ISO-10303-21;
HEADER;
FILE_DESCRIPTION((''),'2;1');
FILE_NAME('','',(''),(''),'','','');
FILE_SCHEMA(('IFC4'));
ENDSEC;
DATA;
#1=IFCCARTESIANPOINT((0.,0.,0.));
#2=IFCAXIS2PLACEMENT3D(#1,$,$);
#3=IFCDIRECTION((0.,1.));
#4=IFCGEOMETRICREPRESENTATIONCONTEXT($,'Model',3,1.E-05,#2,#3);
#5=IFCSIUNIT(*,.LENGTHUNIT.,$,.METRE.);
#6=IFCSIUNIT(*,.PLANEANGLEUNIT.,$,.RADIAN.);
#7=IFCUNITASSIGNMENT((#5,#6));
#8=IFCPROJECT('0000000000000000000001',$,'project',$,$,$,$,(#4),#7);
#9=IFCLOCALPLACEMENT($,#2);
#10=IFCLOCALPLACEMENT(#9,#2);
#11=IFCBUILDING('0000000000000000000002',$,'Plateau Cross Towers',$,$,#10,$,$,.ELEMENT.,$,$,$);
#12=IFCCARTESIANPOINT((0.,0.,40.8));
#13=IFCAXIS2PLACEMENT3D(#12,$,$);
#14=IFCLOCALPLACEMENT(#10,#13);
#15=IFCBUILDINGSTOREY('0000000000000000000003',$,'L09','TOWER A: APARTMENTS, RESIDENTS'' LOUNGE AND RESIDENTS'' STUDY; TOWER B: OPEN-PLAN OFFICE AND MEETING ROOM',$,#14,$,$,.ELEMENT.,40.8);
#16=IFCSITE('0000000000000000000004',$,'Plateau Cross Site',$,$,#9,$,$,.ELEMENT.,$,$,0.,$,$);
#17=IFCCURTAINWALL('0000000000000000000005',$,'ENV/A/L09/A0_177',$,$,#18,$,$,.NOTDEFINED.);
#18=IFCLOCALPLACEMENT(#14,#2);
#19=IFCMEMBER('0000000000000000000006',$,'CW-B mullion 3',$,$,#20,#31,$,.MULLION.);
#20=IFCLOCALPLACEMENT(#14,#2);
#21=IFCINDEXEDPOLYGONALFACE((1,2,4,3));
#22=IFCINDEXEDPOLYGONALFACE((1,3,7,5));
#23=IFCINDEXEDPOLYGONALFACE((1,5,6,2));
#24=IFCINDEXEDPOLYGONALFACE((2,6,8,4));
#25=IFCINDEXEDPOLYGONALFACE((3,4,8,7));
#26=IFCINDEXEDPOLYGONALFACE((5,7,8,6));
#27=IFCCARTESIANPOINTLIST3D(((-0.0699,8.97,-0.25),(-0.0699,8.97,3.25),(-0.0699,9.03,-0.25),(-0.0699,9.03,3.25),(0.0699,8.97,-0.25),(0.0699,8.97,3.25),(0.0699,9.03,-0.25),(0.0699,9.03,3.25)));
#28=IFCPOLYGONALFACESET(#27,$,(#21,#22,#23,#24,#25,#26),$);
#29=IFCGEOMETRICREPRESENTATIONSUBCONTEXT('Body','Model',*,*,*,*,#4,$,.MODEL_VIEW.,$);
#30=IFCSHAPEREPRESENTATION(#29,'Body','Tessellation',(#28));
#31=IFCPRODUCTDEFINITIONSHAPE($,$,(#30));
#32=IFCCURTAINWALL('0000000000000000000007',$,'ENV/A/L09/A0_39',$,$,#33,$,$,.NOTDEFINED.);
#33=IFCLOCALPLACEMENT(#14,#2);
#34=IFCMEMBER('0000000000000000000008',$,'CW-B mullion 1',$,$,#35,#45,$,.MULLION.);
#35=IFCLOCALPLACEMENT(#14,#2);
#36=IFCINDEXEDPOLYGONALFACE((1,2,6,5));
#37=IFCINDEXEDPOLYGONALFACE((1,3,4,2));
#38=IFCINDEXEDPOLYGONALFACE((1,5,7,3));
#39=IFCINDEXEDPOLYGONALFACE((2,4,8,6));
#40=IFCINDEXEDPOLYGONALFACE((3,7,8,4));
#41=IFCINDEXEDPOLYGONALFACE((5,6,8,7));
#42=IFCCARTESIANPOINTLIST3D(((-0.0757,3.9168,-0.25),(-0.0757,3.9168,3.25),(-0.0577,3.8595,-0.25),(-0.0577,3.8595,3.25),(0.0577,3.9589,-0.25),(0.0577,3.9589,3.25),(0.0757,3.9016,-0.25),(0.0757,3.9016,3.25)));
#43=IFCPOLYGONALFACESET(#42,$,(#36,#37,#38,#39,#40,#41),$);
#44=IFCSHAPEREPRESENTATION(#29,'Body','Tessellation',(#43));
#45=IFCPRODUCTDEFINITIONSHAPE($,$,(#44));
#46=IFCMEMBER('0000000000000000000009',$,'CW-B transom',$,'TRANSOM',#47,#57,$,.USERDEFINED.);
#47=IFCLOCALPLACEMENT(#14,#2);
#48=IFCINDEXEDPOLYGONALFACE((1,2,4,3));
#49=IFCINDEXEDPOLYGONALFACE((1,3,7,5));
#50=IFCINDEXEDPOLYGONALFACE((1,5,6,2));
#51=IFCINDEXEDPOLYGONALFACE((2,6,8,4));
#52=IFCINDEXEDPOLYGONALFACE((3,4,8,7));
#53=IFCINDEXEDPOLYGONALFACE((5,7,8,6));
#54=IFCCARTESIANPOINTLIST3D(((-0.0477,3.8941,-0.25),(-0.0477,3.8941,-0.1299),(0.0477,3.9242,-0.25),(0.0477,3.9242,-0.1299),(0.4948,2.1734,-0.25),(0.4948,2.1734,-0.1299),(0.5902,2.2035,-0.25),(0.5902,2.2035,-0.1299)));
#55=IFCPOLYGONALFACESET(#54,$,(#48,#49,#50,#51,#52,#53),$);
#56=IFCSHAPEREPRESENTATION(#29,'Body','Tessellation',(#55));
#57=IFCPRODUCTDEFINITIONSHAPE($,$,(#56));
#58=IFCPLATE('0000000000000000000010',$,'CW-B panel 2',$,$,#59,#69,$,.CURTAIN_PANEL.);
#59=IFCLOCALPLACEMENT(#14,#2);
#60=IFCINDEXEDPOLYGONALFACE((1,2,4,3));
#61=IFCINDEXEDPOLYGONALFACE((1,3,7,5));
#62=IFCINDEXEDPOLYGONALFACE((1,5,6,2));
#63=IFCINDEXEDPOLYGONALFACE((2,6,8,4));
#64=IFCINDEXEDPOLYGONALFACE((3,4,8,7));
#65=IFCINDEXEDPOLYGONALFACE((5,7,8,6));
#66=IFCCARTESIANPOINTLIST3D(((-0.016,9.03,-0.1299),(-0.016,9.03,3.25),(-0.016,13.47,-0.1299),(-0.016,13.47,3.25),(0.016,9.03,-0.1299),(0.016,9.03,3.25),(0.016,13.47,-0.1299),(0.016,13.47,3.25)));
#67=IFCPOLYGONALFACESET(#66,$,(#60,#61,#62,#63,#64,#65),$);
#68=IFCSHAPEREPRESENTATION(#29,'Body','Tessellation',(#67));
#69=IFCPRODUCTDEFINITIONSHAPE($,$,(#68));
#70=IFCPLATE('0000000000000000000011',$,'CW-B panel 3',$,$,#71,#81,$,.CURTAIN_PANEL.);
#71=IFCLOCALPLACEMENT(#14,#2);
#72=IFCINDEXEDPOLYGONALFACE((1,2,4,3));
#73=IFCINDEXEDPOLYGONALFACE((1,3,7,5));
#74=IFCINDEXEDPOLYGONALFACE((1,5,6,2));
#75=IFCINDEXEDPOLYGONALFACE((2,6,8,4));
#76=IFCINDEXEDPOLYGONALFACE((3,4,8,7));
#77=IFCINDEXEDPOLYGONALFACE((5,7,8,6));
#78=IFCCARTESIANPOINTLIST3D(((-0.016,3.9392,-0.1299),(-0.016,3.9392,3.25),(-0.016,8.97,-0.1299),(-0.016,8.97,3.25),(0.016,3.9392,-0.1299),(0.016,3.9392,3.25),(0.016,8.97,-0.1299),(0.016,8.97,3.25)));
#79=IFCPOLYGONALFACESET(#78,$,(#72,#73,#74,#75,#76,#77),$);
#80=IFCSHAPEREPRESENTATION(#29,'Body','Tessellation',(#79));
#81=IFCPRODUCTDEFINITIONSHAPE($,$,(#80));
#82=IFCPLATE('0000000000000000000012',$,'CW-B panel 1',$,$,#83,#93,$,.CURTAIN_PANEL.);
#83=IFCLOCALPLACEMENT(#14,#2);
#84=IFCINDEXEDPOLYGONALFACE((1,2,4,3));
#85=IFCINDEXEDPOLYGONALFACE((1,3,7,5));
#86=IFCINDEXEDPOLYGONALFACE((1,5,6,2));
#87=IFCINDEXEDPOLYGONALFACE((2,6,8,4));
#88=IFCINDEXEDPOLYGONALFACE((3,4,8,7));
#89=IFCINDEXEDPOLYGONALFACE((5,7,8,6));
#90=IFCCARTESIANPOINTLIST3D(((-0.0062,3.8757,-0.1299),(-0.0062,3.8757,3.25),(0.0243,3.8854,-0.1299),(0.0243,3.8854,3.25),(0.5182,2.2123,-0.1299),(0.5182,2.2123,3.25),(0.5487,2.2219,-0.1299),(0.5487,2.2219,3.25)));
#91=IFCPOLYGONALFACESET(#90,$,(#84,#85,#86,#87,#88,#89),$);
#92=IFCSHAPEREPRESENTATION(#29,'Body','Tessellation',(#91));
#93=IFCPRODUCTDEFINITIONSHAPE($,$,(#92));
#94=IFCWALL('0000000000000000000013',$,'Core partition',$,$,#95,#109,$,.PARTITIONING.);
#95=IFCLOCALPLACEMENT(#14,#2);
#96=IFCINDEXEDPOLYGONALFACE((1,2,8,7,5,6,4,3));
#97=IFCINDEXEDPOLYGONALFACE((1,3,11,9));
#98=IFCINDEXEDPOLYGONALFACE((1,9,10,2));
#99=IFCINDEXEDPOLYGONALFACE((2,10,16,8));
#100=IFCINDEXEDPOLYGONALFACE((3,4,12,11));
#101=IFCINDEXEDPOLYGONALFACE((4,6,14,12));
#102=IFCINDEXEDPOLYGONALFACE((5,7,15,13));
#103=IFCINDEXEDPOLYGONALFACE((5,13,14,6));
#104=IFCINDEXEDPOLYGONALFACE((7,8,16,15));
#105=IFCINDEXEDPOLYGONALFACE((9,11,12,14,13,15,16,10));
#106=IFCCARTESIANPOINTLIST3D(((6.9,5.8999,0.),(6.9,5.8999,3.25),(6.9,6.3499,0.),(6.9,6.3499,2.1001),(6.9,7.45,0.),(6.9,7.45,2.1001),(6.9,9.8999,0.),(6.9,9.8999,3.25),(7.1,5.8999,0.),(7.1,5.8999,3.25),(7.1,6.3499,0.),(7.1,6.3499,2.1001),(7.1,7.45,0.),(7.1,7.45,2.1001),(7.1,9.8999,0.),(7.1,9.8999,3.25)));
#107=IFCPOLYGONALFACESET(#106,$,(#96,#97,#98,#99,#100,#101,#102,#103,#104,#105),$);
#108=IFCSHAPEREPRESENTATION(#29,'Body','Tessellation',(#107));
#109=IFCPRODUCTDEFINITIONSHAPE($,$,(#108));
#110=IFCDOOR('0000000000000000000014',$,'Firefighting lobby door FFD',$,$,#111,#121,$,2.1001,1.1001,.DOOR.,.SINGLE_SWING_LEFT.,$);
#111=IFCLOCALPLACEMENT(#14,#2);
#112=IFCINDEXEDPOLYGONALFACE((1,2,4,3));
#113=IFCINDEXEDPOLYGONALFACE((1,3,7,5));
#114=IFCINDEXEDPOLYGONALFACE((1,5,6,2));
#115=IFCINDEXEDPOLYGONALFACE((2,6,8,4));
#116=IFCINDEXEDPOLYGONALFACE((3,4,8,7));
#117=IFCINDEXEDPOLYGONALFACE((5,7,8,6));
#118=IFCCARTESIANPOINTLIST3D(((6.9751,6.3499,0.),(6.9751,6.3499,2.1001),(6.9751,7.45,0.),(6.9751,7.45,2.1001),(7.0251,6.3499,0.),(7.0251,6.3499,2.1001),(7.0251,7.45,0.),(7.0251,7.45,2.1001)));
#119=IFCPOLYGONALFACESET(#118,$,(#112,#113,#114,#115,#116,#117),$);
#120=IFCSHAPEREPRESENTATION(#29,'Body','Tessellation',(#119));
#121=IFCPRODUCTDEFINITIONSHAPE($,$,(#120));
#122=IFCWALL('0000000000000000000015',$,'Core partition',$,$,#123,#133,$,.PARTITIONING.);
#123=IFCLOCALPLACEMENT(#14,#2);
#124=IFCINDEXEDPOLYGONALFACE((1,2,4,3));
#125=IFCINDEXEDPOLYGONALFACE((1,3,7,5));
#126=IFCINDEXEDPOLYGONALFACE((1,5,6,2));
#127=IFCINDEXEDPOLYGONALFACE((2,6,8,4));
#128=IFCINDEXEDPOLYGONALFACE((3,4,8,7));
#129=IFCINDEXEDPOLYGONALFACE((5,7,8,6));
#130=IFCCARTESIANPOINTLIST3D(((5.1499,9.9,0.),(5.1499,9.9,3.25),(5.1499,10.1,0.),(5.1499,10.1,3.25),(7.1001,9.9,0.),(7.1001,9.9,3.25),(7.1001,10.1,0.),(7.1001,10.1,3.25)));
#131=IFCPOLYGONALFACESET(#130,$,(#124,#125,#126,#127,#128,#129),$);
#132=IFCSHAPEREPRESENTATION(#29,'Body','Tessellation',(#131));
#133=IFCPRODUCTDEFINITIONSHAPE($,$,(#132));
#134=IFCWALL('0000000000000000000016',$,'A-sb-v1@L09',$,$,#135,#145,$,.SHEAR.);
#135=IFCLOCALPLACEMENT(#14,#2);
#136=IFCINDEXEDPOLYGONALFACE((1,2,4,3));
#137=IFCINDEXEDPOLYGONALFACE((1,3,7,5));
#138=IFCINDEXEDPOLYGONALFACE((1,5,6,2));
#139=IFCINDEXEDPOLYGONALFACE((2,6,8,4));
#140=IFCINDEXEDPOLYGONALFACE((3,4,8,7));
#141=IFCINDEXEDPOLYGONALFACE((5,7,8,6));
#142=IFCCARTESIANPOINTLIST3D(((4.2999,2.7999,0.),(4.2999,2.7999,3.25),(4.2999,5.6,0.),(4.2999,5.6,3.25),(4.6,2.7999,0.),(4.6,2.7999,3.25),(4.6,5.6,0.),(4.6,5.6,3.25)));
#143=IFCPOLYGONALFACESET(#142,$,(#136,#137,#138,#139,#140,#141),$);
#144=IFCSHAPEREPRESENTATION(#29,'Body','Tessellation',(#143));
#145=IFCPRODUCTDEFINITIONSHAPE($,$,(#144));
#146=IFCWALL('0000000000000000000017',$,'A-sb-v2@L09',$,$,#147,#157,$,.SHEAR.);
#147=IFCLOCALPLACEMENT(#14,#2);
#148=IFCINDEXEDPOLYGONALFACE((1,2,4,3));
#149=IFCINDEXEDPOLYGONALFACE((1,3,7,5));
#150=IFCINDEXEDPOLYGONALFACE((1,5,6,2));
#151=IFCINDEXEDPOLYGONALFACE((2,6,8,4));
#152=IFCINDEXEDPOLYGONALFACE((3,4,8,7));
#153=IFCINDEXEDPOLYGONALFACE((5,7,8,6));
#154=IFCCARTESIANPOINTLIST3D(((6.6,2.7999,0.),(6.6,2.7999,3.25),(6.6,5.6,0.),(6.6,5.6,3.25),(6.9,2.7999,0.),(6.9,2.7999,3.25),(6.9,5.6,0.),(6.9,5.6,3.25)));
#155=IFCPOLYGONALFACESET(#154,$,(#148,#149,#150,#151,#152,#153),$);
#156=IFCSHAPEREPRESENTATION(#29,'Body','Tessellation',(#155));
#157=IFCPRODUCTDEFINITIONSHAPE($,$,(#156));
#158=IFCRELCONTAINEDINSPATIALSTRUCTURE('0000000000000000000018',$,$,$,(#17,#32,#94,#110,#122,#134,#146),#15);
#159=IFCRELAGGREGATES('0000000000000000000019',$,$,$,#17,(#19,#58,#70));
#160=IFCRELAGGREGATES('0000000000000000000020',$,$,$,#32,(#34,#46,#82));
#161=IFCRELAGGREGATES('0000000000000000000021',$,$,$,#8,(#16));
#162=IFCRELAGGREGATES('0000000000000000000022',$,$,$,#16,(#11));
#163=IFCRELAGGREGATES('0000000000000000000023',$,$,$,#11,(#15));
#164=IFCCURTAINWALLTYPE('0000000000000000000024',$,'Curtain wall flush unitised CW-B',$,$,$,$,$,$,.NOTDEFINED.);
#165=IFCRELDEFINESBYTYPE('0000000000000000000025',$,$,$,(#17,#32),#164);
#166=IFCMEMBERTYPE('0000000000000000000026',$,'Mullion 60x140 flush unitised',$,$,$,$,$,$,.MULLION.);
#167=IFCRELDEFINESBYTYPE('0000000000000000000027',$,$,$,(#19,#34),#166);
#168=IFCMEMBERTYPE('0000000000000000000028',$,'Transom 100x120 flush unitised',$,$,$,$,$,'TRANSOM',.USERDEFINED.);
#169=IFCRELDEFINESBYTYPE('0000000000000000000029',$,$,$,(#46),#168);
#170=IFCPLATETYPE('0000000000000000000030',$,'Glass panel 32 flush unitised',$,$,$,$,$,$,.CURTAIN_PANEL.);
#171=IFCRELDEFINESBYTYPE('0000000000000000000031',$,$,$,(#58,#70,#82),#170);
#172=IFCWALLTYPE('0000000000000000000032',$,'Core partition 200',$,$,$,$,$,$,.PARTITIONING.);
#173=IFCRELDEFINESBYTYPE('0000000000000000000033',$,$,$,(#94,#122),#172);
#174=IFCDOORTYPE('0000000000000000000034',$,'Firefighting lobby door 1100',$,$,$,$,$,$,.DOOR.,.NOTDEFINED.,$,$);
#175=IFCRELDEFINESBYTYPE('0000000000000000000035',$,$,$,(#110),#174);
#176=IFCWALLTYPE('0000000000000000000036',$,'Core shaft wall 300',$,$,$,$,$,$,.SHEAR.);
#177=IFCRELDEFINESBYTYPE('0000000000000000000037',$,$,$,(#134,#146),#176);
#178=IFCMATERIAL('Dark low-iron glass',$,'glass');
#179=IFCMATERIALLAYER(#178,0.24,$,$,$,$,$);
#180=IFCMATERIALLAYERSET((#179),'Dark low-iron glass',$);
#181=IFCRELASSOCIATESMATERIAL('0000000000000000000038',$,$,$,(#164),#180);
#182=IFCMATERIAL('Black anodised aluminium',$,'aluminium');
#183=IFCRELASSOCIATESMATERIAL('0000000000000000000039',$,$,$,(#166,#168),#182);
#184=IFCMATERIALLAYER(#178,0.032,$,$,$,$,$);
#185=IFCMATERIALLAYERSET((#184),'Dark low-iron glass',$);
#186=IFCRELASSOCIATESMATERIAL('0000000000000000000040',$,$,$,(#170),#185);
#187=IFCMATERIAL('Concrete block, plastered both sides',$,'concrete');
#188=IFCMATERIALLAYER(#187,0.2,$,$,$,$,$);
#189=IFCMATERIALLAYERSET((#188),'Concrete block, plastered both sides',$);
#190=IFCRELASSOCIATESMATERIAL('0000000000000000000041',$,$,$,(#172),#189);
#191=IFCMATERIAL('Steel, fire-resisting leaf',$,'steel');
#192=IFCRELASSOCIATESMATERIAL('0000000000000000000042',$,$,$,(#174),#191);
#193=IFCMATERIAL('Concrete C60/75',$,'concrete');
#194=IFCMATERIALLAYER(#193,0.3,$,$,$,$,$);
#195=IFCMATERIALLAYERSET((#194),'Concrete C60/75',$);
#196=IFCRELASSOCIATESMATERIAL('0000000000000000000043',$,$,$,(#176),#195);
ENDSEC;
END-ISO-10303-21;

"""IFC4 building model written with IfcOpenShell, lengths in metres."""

from ifc_helpers import new_model, si_unit, direction, frame, frame_2d, origin, origin_2d, place, context, subcontext, project, spatial, rectangle, extrude, material, layer, layer_set, material_profile, profile_set, type_object, element, fill, aggregate, save


model = new_model("IFC4")

# Units and contexts
model_context = context("Model", 3, precision=1e-05, world=origin(), true_north=direction((0.0, 1.0)))
body_context = subcontext(model_context, "Body", "Model", "MODEL_VIEW")
ifc_project = project(units=[si_unit("LENGTHUNIT", "METRE"), si_unit("PLANEANGLEUNIT", "RADIAN")], contexts=[model_context])

# Site, building, storey
site_placement = place(None, origin())
site = spatial("IfcSite", under=ifc_project, at=site_placement, Name="Plateau Cross Site", CompositionType="ELEMENT", RefElevation=0.0)
building_placement = place(site_placement, origin())
building = spatial("IfcBuilding", under=site, at=building_placement, Name="Plateau Cross Towers", CompositionType="ELEMENT")
storey_placement = place(building_placement, frame((0.0, 0.0, 40.8)))
storey = spatial("IfcBuildingStorey", under=building, at=storey_placement, Name="L09", Description="TOWER A: APARTMENTS, RESIDENTS' LOUNGE AND RESIDENTS' STUDY; TOWER B: OPEN-PLAN OFFICE AND MEETING ROOM", CompositionType="ELEMENT", Elevation=40.8)

# Curtain wall, member
ifc_material_1 = material(Name="Dark low-iron glass", Category="glass")
ifc_layer_1 = layer(ifc_material_1, 0.24)
ifc_layer_set_1 = layer_set([ifc_layer_1], Name="Dark low-iron glass")
curtain_wall_type = type_object("IfcCurtainWallType", Name="Curtain wall flush unitised CW-B", PredefinedType="NOTDEFINED", material=ifc_layer_set_1)
curtain_wall_1_placement = place(storey_placement, origin())
curtain_wall_1 = element("IfcCurtainWall", 1, at=curtain_wall_1_placement, inside=storey, type_object=curtain_wall_type, Name="ENV/A/L09/A0_177", PredefinedType="NOTDEFINED")
ifc_material_2 = material(Name="Black anodised aluminium", Category="aluminium")
ifc_material_profile_1 = material_profile(ifc_material_2, rectangle(XDim=0.0601, YDim=0.1399, at=origin_2d()), Name="MULLION 60x140")
ifc_profile_set_1 = profile_set([ifc_material_profile_1], Name="Black anodised aluminium")
member_type_1 = type_object("IfcMemberType", Name="Mullion 60x140 flush unitised", PredefinedType="MULLION", material=ifc_profile_set_1)
member_1_placement = place(storey_placement, frame((0.0, 9.0, -0.25), z_axis=(0.0, 0.0, 1.0), x_axis=(0.0, -1.0, 0.0)))
member_1 = element("IfcMember", 2, at=member_1_placement, type_object=member_type_1, Name="CW-B mullion 3", PredefinedType="MULLION", context=body_context, shape_type="SweptSolid", body=[
    extrude(rectangle(XDim=0.0601, YDim=0.1399, at=origin_2d()), origin(), (0.0, 0.0, 1.0), 3.5),
])

# Curtain wall, members
curtain_wall_2_placement = place(storey_placement, origin())
curtain_wall_2 = element("IfcCurtainWall", 3, at=curtain_wall_2_placement, inside=storey, type_object=curtain_wall_type, Name="ENV/A/L09/A0_39", PredefinedType="NOTDEFINED")
member_2_placement = place(storey_placement, frame((0.0, 3.9092, -0.25), z_axis=(0.0, 0.0, 1.0), x_axis=(0.300686, -0.953723, 0.0)))
member_2 = element("IfcMember", 4, at=member_2_placement, type_object=member_type_1, Name="CW-B mullion 1", PredefinedType="MULLION", context=body_context, shape_type="SweptSolid", body=[
    extrude(rectangle(XDim=0.0601, YDim=0.1399, at=origin_2d()), origin(), (0.0, 0.0, 1.0), 3.5),
])
ifc_material_profile_2 = material_profile(ifc_material_2, rectangle(XDim=0.1001, YDim=0.1201, at=origin_2d()), Name="TRANSOM 100x120")
ifc_profile_set_2 = profile_set([ifc_material_profile_2], Name="Black anodised aluminium")
member_type_2 = type_object("IfcMemberType", Name="Transom 100x120 flush unitised", ElementType="TRANSOM", PredefinedType="USERDEFINED", material=ifc_profile_set_2)
member_3_placement = place(storey_placement, frame((0.0, 3.9092, -0.1899), z_axis=(0.300678, -0.953726, 0.0), x_axis=(0.953726, 0.300678, 0.0)))
member_3 = element("IfcMember", 5, at=member_3_placement, type_object=member_type_2, Name="CW-B transom", ObjectType="TRANSOM", PredefinedType="USERDEFINED", context=body_context, shape_type="SweptSolid", body=[
    extrude(rectangle(XDim=0.1001, YDim=0.1201, at=origin_2d()), origin(), (0.0, 0.0, 1.0), 1.8042),
])

# Plates
ifc_layer_2 = layer(ifc_material_1, 0.032)
ifc_layer_set_2 = layer_set([ifc_layer_2], Name="Dark low-iron glass")
plate_type = type_object("IfcPlateType", Name="Glass panel 32 flush unitised", PredefinedType="CURTAIN_PANEL", material=ifc_layer_set_2)
plate_1_placement = place(storey_placement, frame((0.0, 11.25, -0.1299), z_axis=(0.0, 0.0, 1.0), x_axis=(0.0, -1.0, 0.0)))
plate_1 = element("IfcPlate", 6, at=plate_1_placement, type_object=plate_type, Name="CW-B panel 2", PredefinedType="CURTAIN_PANEL", context=body_context, shape_type="SweptSolid", body=[
    extrude(rectangle(XDim=4.4399, YDim=0.032, at=origin_2d()), origin(), (0.0, 0.0, 1.0), 3.3799),
])
plate_2_placement = place(storey_placement, frame((0.0, 6.4546, -0.1299), z_axis=(0.0, 0.0, 1.0), x_axis=(0.0, -1.0, 0.0)))
plate_2 = element("IfcPlate", 7, at=plate_2_placement, type_object=plate_type, Name="CW-B panel 3", PredefinedType="CURTAIN_PANEL", context=body_context, shape_type="SweptSolid", body=[
    extrude(rectangle(XDim=5.0308, YDim=0.032, at=origin_2d()), origin(), (0.0, 0.0, 1.0), 3.3799),
])
aggregate(curtain_wall_1, [member_1, plate_1, plate_2])
plate_3_placement = place(storey_placement, frame((0.2712, 3.0488, -0.1299), z_axis=(0.0, 0.0, 1.0), x_axis=(0.300686, -0.953723, 0.0)))
plate_3 = element("IfcPlate", 8, at=plate_3_placement, type_object=plate_type, Name="CW-B panel 1", PredefinedType="CURTAIN_PANEL", context=body_context, shape_type="SweptSolid", body=[
    extrude(rectangle(XDim=1.7441, YDim=0.032, at=origin_2d()), origin(), (0.0, 0.0, 1.0), 3.3799),
])
aggregate(curtain_wall_2, [member_2, member_3, plate_3])

# Wall, opening, door
ifc_material_3 = material(Name="Concrete block, plastered both sides", Category="concrete")
ifc_layer_3 = layer(ifc_material_3, 0.2)
ifc_layer_set_3 = layer_set([ifc_layer_3], Name="Concrete block, plastered both sides")
wall_type_1 = type_object("IfcWallType", Name="Core partition 200", PredefinedType="PARTITIONING", material=ifc_layer_set_3)
wall_1_placement = place(storey_placement, frame((7.0, 5.8999, 0.0), z_axis=(0.0, 0.0, 1.0), x_axis=(0.0, 1.0, 0.0)))
wall_1 = element("IfcWall", 9, at=wall_1_placement, inside=storey, type_object=wall_type_1, Name="Core partition", PredefinedType="PARTITIONING", context=body_context, shape_type="SweptSolid", body=[
    extrude(rectangle(XDim=4.0, YDim=0.2, at=frame_2d((2.0, 0.0))), origin(), (0.0, 0.0, 1.0), 3.25),
])
opening_1_placement = place(wall_1_placement, frame((0.45, 0.0, 0.0)))
opening_1 = element("IfcOpeningElement", 10, at=opening_1_placement, cuts=wall_1, PredefinedType="OPENING", context=body_context, shape_type="SweptSolid", body=[
    extrude(rectangle(XDim=1.1001, YDim=2.1001, at=frame_2d((0.55, 1.05))), frame((0.0, 0.1099, 0.0), z_axis=(0.0, -1.0, 0.0), x_axis=(1.0, 0.0, 0.0)), (0.0, 0.0, 1.0), 0.22),
])
ifc_material_4 = material(Name="Steel, fire-resisting leaf", Category="steel")
door_type_1 = type_object("IfcDoorType", Name="Firefighting lobby door 1100", OperationType="NOTDEFINED", PredefinedType="DOOR", material=ifc_material_4)
door_1_placement = place(opening_1_placement, origin())
door_1 = element("IfcDoor", 11, at=door_1_placement, inside=storey, type_object=door_type_1, Name="Firefighting lobby door FFD", OperationType="SINGLE_SWING_LEFT", OverallHeight=2.1001, OverallWidth=1.1001, PredefinedType="DOOR", context=body_context, shape_type="SweptSolid", body=[
    extrude(rectangle(XDim=1.1001, YDim=2.1001, at=frame_2d((0.55, 1.05))), frame((0.0, 0.0249, 0.0), z_axis=(0.0, -1.0, 0.0), x_axis=(1.0, 0.0, 0.0)), (0.0, 0.0, 1.0), 0.05),
])
fill(opening_1, door_1)

# Walls
wall_2_placement = place(storey_placement, frame((5.1499, 10.0, 0.0), z_axis=(0.0, 0.0, 1.0), x_axis=(1.0, 0.0, 0.0)))
element("IfcWall", 12, at=wall_2_placement, inside=storey, type_object=wall_type_1, Name="Core partition", PredefinedType="PARTITIONING", context=body_context, shape_type="SweptSolid", body=[
    extrude(rectangle(XDim=1.9502, YDim=0.2, at=frame_2d((0.9751, 0.0))), origin(), (0.0, 0.0, 1.0), 3.25),
])
ifc_material_5 = material(Name="Concrete C60/75", Category="concrete")
ifc_layer_4 = layer(ifc_material_5, 0.3)
ifc_layer_set_4 = layer_set([ifc_layer_4], Name="Concrete C60/75")
wall_type_2 = type_object("IfcWallType", Name="Core shaft wall 300", PredefinedType="SHEAR", material=ifc_layer_set_4)
for number, where, z_axis, x_axis, name in (
    (13, (4.45, 2.8, 0.0), (0.0, 0.0, 1.0), (0.0, 1.0, 0.0), "A-sb-v1@L09"),
    (14, (6.75, 2.8, 0.0), (0.0, 0.0, 1.0), (0.0, 1.0, 0.0), "A-sb-v2@L09"),
):
    element("IfcWall", number, at=place(storey_placement, frame(where, z_axis=z_axis, x_axis=x_axis)), inside=storey, type_object=wall_type_2, Name=name, PredefinedType="SHEAR", context=body_context, shape_type="SweptSolid", body=[
        extrude(rectangle(XDim=2.8, YDim=0.3, at=frame_2d((1.3999, 0.0))), origin(), (0.0, 0.0, 1.0), 3.25),
    ])

save(model, "model.ifc")
